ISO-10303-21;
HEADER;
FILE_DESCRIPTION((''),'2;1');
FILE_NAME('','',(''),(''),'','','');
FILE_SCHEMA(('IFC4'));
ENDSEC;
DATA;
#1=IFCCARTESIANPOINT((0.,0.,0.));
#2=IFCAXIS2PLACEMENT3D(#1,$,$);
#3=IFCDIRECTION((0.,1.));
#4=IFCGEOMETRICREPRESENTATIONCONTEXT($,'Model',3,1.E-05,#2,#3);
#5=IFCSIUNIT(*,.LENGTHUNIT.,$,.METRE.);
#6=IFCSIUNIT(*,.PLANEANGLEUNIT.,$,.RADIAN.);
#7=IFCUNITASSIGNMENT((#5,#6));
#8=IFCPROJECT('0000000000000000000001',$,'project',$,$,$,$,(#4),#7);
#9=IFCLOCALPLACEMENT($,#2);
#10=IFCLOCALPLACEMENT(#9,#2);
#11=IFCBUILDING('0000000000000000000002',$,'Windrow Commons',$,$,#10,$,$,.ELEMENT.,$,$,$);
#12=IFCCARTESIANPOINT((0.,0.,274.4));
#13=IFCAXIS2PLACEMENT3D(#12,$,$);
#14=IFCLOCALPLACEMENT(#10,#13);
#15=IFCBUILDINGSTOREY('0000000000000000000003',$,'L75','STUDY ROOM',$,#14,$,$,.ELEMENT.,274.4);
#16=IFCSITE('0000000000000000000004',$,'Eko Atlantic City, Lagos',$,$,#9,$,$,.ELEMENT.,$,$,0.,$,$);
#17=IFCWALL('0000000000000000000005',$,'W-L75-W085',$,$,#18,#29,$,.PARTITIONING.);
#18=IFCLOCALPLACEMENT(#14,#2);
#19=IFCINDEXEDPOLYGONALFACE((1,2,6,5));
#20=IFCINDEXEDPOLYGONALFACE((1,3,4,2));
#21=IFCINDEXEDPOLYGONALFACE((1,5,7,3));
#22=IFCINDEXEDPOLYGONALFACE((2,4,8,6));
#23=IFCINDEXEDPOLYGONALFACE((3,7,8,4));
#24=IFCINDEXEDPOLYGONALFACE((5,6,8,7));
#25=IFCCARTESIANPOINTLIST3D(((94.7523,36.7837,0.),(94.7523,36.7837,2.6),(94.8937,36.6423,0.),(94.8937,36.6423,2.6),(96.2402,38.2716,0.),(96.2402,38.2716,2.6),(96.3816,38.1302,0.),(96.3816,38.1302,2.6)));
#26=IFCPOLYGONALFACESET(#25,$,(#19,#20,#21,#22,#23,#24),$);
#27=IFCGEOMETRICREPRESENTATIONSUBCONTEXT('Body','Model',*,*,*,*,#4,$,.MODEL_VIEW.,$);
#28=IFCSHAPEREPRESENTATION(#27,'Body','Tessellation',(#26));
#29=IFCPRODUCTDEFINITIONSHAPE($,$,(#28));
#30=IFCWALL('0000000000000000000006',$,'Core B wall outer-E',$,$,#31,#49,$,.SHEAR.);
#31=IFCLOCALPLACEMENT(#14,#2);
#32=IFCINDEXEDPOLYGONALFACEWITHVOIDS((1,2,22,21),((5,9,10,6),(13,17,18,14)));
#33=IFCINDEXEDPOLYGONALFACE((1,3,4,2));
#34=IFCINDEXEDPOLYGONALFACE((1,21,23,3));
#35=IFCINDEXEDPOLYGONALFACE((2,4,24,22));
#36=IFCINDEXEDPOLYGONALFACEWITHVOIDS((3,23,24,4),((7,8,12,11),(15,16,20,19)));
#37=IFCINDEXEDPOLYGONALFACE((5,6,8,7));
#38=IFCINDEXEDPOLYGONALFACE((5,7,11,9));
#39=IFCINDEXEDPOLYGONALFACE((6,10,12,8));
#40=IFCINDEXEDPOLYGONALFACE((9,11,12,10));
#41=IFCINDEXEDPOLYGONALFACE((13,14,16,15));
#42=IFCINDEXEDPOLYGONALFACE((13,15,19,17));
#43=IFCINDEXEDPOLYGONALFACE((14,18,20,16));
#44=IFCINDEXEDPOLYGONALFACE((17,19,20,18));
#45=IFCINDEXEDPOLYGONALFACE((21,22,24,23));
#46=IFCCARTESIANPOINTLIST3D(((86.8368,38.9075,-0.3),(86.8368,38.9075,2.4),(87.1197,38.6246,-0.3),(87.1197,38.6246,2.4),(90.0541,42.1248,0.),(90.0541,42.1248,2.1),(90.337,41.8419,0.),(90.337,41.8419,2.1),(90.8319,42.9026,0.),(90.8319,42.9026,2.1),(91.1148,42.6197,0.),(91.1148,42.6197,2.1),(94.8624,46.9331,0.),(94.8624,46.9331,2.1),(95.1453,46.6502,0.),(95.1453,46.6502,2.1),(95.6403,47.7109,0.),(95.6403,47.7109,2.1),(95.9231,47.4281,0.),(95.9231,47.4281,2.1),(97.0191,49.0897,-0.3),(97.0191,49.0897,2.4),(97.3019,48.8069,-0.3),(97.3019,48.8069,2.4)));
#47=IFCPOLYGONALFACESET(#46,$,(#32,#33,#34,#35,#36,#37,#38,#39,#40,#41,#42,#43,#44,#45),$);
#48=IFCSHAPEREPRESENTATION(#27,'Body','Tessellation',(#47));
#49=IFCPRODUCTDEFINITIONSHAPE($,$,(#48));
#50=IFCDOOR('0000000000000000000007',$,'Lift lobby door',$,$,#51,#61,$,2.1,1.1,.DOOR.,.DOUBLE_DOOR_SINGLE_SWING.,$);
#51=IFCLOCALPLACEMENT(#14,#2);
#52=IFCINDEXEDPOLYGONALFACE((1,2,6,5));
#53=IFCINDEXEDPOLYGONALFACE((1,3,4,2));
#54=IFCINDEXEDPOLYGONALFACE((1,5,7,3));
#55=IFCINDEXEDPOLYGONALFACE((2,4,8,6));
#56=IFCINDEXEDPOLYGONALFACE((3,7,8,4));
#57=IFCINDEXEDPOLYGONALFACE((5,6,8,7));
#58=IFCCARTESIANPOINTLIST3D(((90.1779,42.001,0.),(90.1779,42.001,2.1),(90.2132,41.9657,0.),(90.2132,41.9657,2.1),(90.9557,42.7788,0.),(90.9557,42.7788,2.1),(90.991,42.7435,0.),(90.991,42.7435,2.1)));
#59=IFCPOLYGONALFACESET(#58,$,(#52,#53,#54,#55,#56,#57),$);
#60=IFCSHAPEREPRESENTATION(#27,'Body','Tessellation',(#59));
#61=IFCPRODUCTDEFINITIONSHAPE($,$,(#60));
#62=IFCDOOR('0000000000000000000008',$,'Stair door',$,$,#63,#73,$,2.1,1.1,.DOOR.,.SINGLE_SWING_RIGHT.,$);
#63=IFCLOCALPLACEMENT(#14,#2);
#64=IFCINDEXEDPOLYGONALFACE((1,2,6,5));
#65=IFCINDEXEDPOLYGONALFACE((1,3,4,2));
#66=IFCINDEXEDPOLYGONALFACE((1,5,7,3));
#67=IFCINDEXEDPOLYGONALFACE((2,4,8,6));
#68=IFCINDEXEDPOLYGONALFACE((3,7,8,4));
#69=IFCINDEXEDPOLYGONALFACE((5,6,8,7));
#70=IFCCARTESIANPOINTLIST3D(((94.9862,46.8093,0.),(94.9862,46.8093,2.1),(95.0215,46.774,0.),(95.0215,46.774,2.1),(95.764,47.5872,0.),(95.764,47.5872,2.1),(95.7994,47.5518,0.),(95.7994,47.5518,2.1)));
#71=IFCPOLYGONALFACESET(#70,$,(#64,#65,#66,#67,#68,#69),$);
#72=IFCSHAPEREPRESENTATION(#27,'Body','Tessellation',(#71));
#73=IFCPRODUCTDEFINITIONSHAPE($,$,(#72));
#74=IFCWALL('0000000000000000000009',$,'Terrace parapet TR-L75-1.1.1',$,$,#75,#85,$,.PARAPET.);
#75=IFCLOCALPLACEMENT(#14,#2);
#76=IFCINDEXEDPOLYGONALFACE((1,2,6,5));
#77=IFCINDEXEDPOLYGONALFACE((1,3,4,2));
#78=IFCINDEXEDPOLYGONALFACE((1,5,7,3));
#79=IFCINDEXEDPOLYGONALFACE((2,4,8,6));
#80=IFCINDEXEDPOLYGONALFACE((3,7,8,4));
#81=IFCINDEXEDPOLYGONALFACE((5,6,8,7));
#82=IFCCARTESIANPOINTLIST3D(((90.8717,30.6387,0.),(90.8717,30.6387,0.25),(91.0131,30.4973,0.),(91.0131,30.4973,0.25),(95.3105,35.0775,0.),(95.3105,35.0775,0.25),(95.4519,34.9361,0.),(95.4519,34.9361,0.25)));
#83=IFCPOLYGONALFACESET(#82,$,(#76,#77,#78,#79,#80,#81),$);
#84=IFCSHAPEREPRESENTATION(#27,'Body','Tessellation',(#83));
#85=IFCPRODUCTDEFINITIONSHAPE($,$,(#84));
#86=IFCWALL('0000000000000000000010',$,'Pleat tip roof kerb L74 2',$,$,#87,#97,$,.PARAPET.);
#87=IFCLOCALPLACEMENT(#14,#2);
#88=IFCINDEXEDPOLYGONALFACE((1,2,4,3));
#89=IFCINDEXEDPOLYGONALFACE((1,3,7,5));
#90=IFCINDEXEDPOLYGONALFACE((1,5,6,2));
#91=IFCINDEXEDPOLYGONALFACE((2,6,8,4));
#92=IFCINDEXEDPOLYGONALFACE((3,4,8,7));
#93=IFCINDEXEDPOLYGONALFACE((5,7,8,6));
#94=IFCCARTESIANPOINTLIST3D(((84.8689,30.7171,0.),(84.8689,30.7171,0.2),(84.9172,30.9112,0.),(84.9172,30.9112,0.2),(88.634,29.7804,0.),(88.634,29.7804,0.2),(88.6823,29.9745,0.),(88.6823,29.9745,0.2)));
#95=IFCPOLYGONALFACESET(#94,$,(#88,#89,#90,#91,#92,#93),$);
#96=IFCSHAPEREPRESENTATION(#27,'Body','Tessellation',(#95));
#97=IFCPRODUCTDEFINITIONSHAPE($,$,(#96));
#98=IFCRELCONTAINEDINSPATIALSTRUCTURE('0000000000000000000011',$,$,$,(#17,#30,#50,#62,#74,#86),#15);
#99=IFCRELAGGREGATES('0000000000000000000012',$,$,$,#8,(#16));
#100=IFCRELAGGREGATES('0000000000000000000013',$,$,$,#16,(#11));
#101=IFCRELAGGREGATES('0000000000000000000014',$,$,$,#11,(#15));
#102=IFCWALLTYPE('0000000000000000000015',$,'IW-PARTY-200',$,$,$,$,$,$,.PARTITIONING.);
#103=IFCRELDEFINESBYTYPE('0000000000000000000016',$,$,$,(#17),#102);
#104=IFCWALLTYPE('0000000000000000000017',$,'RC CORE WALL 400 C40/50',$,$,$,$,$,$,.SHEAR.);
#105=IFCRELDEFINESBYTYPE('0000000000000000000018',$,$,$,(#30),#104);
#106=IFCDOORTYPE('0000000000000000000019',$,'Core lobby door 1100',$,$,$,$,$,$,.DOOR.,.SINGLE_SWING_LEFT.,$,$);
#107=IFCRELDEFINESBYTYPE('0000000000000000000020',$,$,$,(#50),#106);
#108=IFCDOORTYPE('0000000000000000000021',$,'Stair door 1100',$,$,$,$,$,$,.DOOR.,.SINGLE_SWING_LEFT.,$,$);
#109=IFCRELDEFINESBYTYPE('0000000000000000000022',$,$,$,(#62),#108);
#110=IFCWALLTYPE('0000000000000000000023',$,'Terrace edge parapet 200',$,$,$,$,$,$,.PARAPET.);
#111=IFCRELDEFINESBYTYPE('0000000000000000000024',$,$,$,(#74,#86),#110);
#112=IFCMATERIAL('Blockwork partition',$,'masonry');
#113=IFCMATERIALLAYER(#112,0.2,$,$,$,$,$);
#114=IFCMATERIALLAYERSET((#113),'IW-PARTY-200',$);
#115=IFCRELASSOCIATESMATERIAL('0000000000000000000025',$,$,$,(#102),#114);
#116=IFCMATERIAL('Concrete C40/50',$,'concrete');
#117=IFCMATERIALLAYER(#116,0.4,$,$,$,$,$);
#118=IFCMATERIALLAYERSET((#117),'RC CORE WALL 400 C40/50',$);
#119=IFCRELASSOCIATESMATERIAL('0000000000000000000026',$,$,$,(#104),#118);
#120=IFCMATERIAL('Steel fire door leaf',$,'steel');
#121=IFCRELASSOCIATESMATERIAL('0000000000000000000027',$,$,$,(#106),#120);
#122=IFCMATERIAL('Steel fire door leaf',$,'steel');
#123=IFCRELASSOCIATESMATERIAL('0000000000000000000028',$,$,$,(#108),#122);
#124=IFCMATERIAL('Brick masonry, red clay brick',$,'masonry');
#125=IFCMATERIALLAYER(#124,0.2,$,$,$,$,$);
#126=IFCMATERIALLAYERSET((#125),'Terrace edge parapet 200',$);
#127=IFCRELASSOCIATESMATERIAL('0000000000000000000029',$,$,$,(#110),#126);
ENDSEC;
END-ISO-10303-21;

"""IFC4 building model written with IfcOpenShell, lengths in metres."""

from ifc_helpers import new_model, si_unit, direction, frame, frame_2d, origin, place, context, subcontext, project, spatial, polyline, rectangle, outline, extrude, material, layer, layer_set, type_object, element, fill, save


model = new_model("IFC4")

# Units and contexts
model_context = context("Model", 3, precision=1e-05, world=origin(), true_north=direction((0.0, 1.0)))
body_context = subcontext(model_context, "Body", "Model", "MODEL_VIEW")
ifc_project = project(units=[si_unit("LENGTHUNIT", "METRE"), si_unit("PLANEANGLEUNIT", "RADIAN")], contexts=[model_context])

# Site, building, storey
site_placement = place(None, origin())
site = spatial("IfcSite", under=ifc_project, at=site_placement, Name="Eko Atlantic City, Lagos", CompositionType="ELEMENT", RefElevation=0.0)
building_placement = place(site_placement, origin())
building = spatial("IfcBuilding", under=site, at=building_placement, Name="Windrow Commons", CompositionType="ELEMENT")
storey_placement = place(building_placement, frame((0.0, 0.0, 274.4)))
storey = spatial("IfcBuildingStorey", under=building, at=storey_placement, Name="L75", Description="STUDY ROOM", CompositionType="ELEMENT", Elevation=274.4)

# Wall
ifc_material_1 = material(Name="Blockwork partition", Category="masonry")
ifc_layer_1 = layer(ifc_material_1, 0.2)
ifc_layer_set_1 = layer_set([ifc_layer_1], Name="IW-PARTY-200")
wall_type_1 = type_object("IfcWallType", Name="IW-PARTY-200", PredefinedType="PARTITIONING", material=ifc_layer_set_1)
wall_1_placement = place(storey_placement, frame((94.823, 36.713, 0.0), z_axis=(0.0, 0.0, 1.0), x_axis=(0.707107, 0.707107, 0.0)))
element("IfcWall", 1, at=wall_1_placement, inside=storey, type_object=wall_type_1, Name="W-L75-W085", PredefinedType="PARTITIONING", context=body_context, shape_type="SweptSolid", body=[
    extrude(rectangle(XDim=2.1043, YDim=0.2, at=frame_2d((1.0521, 0.0))), origin(), (0.0, 0.0, 1.0), 2.6),
])

# Wall, openings, doors
ifc_material_2 = material(Name="Concrete C40/50", Category="concrete")
ifc_layer_2 = layer(ifc_material_2, 0.4)
ifc_layer_set_2 = layer_set([ifc_layer_2], Name="RC CORE WALL 400 C40/50")
wall_type_2 = type_object("IfcWallType", Name="RC CORE WALL 400 C40/50", PredefinedType="SHEAR", material=ifc_layer_set_2)
wall_2_placement = place(storey_placement, frame((86.9782, 38.766, -0.3), z_axis=(0.0, 0.0, 1.0), x_axis=(0.707107, 0.707107, 0.0)))
wall_2 = element("IfcWall", 2, at=wall_2_placement, inside=storey, type_object=wall_type_2, Name="Core B wall outer-E", PredefinedType="SHEAR", context=body_context, shape_type="SweptSolid", body=[
    extrude(rectangle(XDim=14.3999, YDim=0.4, at=frame_2d((7.2, 0.0))), origin(), (0.0, 0.0, 1.0), 2.7),
])
opening_1_placement = place(wall_2_placement, frame((4.55, 0.0, 0.3)))
opening_1 = element("IfcOpeningElement", 3, at=opening_1_placement, cuts=wall_2, PredefinedType="OPENING", context=body_context, shape_type="SweptSolid", body=[
    extrude(rectangle(XDim=1.1, YDim=2.1, at=frame_2d((0.55, 1.05))), frame((0.0, 0.21, 0.0), z_axis=(0.0, -1.0, 0.0), x_axis=(1.0, 0.0, 0.0)), (0.0, 0.0, 1.0), 0.42),
])
opening_2_placement = place(wall_2_placement, frame((11.35, 0.0, 0.3)))
opening_2 = element("IfcOpeningElement", 4, at=opening_2_placement, cuts=wall_2, PredefinedType="OPENING", context=body_context, shape_type="SweptSolid", body=[
    extrude(rectangle(XDim=1.1, YDim=2.1, at=frame_2d((0.55, 1.05))), frame((0.0, 0.21, 0.0), z_axis=(0.0, -1.0, 0.0), x_axis=(1.0, 0.0, 0.0)), (0.0, 0.0, 1.0), 0.42),
])
ifc_material_3 = material(Name="Steel fire door leaf", Category="steel")
door_type_1 = type_object("IfcDoorType", Name="Core lobby door 1100", OperationType="SINGLE_SWING_LEFT", PredefinedType="DOOR", material=ifc_material_3)
door_1_placement = place(opening_1_placement, origin())
door_1 = element("IfcDoor", 5, at=door_1_placement, inside=storey, type_object=door_type_1, Name="Lift lobby door", OperationType="DOUBLE_DOOR_SINGLE_SWING", OverallHeight=2.1, OverallWidth=1.1, PredefinedType="DOOR", context=body_context, shape_type="SweptSolid", body=[
    extrude(rectangle(XDim=1.1, YDim=2.1, at=frame_2d((0.55, 1.05))), frame((0.0, 0.025, 0.0), z_axis=(0.0, -1.0, 0.0), x_axis=(1.0, 0.0, 0.0)), (0.0, 0.0, 1.0), 0.05),
])
fill(opening_1, door_1)
ifc_material_4 = material(Name="Steel fire door leaf", Category="steel")
door_type_2 = type_object("IfcDoorType", Name="Stair door 1100", OperationType="SINGLE_SWING_LEFT", PredefinedType="DOOR", material=ifc_material_4)
door_2_placement = place(opening_2_placement, origin())
door_2 = element("IfcDoor", 6, at=door_2_placement, inside=storey, type_object=door_type_2, Name="Stair door", OperationType="SINGLE_SWING_RIGHT", OverallHeight=2.1, OverallWidth=1.1, PredefinedType="DOOR", context=body_context, shape_type="SweptSolid", body=[
    extrude(rectangle(XDim=1.1, YDim=2.1, at=frame_2d((0.55, 1.05))), frame((0.0, 0.025, 0.0), z_axis=(0.0, -1.0, 0.0), x_axis=(1.0, 0.0, 0.0)), (0.0, 0.0, 1.0), 0.05),
])
fill(opening_2, door_2)

# Walls
ifc_material_5 = material(Name="Brick masonry, red clay brick", Category="masonry")
ifc_layer_3 = layer(ifc_material_5, 0.2)
ifc_layer_set_3 = layer_set([ifc_layer_3], Name="Terrace edge parapet 200")
wall_type_3 = type_object("IfcWallType", Name="Terrace edge parapet 200", PredefinedType="PARAPET", material=ifc_layer_set_3)
wall_3_placement = place(storey_placement, frame((95.3812, 35.0068, 0.0), z_axis=(0.0, 0.0, 1.0), x_axis=(-0.707107, -0.707107, 0.0)))
element("IfcWall", 7, at=wall_3_placement, inside=storey, type_object=wall_type_3, Name="Terrace parapet TR-L75-1.1.1", PredefinedType="PARAPET", context=body_context, shape_type="SweptSolid", body=[
    extrude(outline(polyline([(0.0, -0.1), (6.2774, -0.1), (6.2774, 0.1), (0.0, 0.1), (0.0, -0.1)])), origin(), (0.0, 0.0, 1.0), 0.25),
])
wall_4_placement = place(storey_placement, frame((88.6582, 29.8774, 0.0), z_axis=(0.0, 0.0, 1.0), x_axis=(-0.970419, 0.241426, 0.0)))
element("IfcWall", 8, at=wall_4_placement, inside=storey, type_object=wall_type_3, Name="Pleat tip roof kerb L74 2", PredefinedType="PARAPET", context=body_context, shape_type="SweptSolid", body=[
    extrude(rectangle(XDim=3.8799, YDim=0.2, at=frame_2d((1.94, 0.0))), origin(), (0.0, 0.0, 1.0), 0.2),
])

save(model, "model.ifc")
